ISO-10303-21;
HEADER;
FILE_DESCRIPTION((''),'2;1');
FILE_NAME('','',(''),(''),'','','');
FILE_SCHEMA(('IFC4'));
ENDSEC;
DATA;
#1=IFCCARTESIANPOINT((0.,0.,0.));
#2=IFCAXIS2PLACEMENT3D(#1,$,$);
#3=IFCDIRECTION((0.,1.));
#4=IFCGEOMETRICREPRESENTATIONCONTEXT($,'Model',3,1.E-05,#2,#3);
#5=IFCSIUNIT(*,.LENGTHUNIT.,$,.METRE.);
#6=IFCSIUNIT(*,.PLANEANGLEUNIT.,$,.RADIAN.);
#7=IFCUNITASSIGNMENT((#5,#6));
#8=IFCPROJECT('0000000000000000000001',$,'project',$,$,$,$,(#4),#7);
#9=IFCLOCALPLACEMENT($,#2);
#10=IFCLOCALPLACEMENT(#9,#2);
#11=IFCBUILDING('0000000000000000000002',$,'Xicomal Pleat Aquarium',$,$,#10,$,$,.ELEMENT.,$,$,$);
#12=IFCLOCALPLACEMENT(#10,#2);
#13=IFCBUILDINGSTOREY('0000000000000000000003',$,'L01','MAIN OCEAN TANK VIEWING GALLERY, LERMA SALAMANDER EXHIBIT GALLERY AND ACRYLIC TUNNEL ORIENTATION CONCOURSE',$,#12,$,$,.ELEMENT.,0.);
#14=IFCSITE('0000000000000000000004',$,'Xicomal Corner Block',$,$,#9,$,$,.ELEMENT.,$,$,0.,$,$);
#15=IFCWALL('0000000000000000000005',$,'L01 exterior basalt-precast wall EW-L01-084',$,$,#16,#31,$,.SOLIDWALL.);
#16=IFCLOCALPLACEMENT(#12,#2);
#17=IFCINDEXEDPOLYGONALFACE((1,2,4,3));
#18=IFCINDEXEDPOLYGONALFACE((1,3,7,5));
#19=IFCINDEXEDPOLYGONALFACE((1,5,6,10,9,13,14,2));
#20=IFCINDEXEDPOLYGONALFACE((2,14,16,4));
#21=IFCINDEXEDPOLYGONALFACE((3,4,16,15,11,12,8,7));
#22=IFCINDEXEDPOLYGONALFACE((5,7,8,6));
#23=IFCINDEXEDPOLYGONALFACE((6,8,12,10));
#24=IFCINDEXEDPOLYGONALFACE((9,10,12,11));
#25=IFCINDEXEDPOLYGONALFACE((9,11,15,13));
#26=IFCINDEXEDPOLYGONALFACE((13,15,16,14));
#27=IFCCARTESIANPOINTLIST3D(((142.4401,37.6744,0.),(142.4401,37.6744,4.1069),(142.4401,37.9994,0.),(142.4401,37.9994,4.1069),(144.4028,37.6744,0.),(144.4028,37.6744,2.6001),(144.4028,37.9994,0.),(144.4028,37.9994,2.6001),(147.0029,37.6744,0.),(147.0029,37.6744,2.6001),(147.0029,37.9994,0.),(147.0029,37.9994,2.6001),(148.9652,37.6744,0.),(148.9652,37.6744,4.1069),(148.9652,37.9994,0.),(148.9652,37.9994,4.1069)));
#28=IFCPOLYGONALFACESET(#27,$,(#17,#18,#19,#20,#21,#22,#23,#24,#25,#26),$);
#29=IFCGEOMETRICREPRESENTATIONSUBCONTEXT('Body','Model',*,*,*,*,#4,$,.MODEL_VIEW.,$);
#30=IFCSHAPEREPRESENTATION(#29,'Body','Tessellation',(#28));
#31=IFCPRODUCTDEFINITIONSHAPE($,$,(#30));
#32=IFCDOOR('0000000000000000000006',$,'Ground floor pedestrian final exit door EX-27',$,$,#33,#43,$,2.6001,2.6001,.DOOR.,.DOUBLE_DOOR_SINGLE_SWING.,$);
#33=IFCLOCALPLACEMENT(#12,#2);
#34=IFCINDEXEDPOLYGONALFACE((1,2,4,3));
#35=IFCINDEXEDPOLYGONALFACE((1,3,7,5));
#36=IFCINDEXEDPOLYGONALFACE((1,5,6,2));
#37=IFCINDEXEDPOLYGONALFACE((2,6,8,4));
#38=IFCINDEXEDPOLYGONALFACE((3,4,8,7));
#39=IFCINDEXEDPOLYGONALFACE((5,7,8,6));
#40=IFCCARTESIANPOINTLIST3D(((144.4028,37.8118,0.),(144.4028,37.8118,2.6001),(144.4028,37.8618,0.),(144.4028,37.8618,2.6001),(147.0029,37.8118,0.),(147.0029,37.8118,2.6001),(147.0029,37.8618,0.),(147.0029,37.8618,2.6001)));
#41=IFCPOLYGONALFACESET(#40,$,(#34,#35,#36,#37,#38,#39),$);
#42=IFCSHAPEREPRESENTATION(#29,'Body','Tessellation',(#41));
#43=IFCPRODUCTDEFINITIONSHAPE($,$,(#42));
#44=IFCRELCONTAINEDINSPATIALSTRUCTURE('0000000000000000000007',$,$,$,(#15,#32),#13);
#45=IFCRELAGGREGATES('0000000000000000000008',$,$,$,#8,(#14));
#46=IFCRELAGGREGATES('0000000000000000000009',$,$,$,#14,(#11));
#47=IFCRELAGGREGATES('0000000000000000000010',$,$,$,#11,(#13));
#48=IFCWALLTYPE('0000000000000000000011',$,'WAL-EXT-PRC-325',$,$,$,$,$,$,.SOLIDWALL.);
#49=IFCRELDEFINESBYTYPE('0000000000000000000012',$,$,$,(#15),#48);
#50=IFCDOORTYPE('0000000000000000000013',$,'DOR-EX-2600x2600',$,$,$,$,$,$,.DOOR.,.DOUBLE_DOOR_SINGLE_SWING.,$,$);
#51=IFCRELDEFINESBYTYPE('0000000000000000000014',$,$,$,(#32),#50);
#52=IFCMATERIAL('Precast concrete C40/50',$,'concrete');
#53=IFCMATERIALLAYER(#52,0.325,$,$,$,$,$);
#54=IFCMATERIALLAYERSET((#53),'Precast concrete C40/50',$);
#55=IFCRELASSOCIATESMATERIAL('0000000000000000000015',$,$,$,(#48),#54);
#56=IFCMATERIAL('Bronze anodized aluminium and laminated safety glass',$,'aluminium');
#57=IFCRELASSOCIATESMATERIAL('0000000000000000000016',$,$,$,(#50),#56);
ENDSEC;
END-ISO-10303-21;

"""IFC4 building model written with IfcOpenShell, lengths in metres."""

from ifc_helpers import new_model, si_unit, direction, frame, frame_2d, origin, place, context, subcontext, project, spatial, rectangle, extrude, material, layer, layer_set, type_object, element, fill, save


model = new_model("IFC4")

# Units and contexts
model_context = context("Model", 3, precision=1e-05, world=origin(), true_north=direction((0.0, 1.0)))
body_context = subcontext(model_context, "Body", "Model", "MODEL_VIEW")
ifc_project = project(units=[si_unit("LENGTHUNIT", "METRE"), si_unit("PLANEANGLEUNIT", "RADIAN")], contexts=[model_context])

# Site, building, storey
site_placement = place(None, origin())
site = spatial("IfcSite", under=ifc_project, at=site_placement, Name="Xicomal Corner Block", CompositionType="ELEMENT", RefElevation=0.0)
building_placement = place(site_placement, origin())
building = spatial("IfcBuilding", under=site, at=building_placement, Name="Xicomal Pleat Aquarium", CompositionType="ELEMENT")
storey_placement = place(building_placement, origin())
storey = spatial("IfcBuildingStorey", under=building, at=storey_placement, Name="L01", Description="MAIN OCEAN TANK VIEWING GALLERY, LERMA SALAMANDER EXHIBIT GALLERY AND ACRYLIC TUNNEL ORIENTATION CONCOURSE", CompositionType="ELEMENT", Elevation=0.0)

# Wall, opening, door
ifc_material_1 = material(Name="Precast concrete C40/50", Category="concrete")
ifc_layer_1 = layer(ifc_material_1, 0.325)
ifc_layer_set_1 = layer_set([ifc_layer_1], Name="Precast concrete C40/50")
wall_type = type_object("IfcWallType", Name="WAL-EXT-PRC-325", PredefinedType="SOLIDWALL", material=ifc_layer_set_1)
wall_placement = place(storey_placement, frame((142.4399, 37.8369, 0.0), z_axis=(0.0, 0.0, 1.0), x_axis=(1.0, 0.0, 0.0)))
wall = element("IfcWall", 1, at=wall_placement, inside=storey, type_object=wall_type, Name="L01 exterior basalt-precast wall EW-L01-084", PredefinedType="SOLIDWALL", context=body_context, shape_type="SweptSolid", body=[
    extrude(rectangle(XDim=6.5251, YDim=0.325, at=frame_2d((3.2627, 0.0))), origin(), (0.0, 0.0, 1.0), 4.1069),
])
opening_placement = place(wall_placement, frame((1.9629, 0.0, 0.0)))
opening = element("IfcOpeningElement", 2, at=opening_placement, cuts=wall, PredefinedType="OPENING", context=body_context, shape_type="SweptSolid", body=[
    extrude(rectangle(XDim=2.6001, YDim=2.6001, at=frame_2d((1.3, 1.3))), frame((0.0, 0.1724, 0.0), z_axis=(0.0, -1.0, 0.0), x_axis=(1.0, 0.0, 0.0)), (0.0, 0.0, 1.0), 0.345),
])
ifc_material_2 = material(Name="Bronze anodized aluminium and laminated safety glass", Category="aluminium")
door_type = type_object("IfcDoorType", Name="DOR-EX-2600x2600", OperationType="DOUBLE_DOOR_SINGLE_SWING", PredefinedType="DOOR", material=ifc_material_2)
door_placement = place(opening_placement, origin())
door = element("IfcDoor", 3, at=door_placement, inside=storey, type_object=door_type, Name="Ground floor pedestrian final exit door EX-27", OperationType="DOUBLE_DOOR_SINGLE_SWING", OverallHeight=2.6001, OverallWidth=2.6001, PredefinedType="DOOR", context=body_context, shape_type="SweptSolid", body=[
    extrude(rectangle(XDim=2.6001, YDim=2.6001, at=frame_2d((1.3, 1.3))), frame((0.0, 0.0249, 0.0), z_axis=(0.0, -1.0, 0.0), x_axis=(1.0, 0.0, 0.0)), (0.0, 0.0, 1.0), 0.05),
])
fill(opening, door)

save(model, "model.ifc")
